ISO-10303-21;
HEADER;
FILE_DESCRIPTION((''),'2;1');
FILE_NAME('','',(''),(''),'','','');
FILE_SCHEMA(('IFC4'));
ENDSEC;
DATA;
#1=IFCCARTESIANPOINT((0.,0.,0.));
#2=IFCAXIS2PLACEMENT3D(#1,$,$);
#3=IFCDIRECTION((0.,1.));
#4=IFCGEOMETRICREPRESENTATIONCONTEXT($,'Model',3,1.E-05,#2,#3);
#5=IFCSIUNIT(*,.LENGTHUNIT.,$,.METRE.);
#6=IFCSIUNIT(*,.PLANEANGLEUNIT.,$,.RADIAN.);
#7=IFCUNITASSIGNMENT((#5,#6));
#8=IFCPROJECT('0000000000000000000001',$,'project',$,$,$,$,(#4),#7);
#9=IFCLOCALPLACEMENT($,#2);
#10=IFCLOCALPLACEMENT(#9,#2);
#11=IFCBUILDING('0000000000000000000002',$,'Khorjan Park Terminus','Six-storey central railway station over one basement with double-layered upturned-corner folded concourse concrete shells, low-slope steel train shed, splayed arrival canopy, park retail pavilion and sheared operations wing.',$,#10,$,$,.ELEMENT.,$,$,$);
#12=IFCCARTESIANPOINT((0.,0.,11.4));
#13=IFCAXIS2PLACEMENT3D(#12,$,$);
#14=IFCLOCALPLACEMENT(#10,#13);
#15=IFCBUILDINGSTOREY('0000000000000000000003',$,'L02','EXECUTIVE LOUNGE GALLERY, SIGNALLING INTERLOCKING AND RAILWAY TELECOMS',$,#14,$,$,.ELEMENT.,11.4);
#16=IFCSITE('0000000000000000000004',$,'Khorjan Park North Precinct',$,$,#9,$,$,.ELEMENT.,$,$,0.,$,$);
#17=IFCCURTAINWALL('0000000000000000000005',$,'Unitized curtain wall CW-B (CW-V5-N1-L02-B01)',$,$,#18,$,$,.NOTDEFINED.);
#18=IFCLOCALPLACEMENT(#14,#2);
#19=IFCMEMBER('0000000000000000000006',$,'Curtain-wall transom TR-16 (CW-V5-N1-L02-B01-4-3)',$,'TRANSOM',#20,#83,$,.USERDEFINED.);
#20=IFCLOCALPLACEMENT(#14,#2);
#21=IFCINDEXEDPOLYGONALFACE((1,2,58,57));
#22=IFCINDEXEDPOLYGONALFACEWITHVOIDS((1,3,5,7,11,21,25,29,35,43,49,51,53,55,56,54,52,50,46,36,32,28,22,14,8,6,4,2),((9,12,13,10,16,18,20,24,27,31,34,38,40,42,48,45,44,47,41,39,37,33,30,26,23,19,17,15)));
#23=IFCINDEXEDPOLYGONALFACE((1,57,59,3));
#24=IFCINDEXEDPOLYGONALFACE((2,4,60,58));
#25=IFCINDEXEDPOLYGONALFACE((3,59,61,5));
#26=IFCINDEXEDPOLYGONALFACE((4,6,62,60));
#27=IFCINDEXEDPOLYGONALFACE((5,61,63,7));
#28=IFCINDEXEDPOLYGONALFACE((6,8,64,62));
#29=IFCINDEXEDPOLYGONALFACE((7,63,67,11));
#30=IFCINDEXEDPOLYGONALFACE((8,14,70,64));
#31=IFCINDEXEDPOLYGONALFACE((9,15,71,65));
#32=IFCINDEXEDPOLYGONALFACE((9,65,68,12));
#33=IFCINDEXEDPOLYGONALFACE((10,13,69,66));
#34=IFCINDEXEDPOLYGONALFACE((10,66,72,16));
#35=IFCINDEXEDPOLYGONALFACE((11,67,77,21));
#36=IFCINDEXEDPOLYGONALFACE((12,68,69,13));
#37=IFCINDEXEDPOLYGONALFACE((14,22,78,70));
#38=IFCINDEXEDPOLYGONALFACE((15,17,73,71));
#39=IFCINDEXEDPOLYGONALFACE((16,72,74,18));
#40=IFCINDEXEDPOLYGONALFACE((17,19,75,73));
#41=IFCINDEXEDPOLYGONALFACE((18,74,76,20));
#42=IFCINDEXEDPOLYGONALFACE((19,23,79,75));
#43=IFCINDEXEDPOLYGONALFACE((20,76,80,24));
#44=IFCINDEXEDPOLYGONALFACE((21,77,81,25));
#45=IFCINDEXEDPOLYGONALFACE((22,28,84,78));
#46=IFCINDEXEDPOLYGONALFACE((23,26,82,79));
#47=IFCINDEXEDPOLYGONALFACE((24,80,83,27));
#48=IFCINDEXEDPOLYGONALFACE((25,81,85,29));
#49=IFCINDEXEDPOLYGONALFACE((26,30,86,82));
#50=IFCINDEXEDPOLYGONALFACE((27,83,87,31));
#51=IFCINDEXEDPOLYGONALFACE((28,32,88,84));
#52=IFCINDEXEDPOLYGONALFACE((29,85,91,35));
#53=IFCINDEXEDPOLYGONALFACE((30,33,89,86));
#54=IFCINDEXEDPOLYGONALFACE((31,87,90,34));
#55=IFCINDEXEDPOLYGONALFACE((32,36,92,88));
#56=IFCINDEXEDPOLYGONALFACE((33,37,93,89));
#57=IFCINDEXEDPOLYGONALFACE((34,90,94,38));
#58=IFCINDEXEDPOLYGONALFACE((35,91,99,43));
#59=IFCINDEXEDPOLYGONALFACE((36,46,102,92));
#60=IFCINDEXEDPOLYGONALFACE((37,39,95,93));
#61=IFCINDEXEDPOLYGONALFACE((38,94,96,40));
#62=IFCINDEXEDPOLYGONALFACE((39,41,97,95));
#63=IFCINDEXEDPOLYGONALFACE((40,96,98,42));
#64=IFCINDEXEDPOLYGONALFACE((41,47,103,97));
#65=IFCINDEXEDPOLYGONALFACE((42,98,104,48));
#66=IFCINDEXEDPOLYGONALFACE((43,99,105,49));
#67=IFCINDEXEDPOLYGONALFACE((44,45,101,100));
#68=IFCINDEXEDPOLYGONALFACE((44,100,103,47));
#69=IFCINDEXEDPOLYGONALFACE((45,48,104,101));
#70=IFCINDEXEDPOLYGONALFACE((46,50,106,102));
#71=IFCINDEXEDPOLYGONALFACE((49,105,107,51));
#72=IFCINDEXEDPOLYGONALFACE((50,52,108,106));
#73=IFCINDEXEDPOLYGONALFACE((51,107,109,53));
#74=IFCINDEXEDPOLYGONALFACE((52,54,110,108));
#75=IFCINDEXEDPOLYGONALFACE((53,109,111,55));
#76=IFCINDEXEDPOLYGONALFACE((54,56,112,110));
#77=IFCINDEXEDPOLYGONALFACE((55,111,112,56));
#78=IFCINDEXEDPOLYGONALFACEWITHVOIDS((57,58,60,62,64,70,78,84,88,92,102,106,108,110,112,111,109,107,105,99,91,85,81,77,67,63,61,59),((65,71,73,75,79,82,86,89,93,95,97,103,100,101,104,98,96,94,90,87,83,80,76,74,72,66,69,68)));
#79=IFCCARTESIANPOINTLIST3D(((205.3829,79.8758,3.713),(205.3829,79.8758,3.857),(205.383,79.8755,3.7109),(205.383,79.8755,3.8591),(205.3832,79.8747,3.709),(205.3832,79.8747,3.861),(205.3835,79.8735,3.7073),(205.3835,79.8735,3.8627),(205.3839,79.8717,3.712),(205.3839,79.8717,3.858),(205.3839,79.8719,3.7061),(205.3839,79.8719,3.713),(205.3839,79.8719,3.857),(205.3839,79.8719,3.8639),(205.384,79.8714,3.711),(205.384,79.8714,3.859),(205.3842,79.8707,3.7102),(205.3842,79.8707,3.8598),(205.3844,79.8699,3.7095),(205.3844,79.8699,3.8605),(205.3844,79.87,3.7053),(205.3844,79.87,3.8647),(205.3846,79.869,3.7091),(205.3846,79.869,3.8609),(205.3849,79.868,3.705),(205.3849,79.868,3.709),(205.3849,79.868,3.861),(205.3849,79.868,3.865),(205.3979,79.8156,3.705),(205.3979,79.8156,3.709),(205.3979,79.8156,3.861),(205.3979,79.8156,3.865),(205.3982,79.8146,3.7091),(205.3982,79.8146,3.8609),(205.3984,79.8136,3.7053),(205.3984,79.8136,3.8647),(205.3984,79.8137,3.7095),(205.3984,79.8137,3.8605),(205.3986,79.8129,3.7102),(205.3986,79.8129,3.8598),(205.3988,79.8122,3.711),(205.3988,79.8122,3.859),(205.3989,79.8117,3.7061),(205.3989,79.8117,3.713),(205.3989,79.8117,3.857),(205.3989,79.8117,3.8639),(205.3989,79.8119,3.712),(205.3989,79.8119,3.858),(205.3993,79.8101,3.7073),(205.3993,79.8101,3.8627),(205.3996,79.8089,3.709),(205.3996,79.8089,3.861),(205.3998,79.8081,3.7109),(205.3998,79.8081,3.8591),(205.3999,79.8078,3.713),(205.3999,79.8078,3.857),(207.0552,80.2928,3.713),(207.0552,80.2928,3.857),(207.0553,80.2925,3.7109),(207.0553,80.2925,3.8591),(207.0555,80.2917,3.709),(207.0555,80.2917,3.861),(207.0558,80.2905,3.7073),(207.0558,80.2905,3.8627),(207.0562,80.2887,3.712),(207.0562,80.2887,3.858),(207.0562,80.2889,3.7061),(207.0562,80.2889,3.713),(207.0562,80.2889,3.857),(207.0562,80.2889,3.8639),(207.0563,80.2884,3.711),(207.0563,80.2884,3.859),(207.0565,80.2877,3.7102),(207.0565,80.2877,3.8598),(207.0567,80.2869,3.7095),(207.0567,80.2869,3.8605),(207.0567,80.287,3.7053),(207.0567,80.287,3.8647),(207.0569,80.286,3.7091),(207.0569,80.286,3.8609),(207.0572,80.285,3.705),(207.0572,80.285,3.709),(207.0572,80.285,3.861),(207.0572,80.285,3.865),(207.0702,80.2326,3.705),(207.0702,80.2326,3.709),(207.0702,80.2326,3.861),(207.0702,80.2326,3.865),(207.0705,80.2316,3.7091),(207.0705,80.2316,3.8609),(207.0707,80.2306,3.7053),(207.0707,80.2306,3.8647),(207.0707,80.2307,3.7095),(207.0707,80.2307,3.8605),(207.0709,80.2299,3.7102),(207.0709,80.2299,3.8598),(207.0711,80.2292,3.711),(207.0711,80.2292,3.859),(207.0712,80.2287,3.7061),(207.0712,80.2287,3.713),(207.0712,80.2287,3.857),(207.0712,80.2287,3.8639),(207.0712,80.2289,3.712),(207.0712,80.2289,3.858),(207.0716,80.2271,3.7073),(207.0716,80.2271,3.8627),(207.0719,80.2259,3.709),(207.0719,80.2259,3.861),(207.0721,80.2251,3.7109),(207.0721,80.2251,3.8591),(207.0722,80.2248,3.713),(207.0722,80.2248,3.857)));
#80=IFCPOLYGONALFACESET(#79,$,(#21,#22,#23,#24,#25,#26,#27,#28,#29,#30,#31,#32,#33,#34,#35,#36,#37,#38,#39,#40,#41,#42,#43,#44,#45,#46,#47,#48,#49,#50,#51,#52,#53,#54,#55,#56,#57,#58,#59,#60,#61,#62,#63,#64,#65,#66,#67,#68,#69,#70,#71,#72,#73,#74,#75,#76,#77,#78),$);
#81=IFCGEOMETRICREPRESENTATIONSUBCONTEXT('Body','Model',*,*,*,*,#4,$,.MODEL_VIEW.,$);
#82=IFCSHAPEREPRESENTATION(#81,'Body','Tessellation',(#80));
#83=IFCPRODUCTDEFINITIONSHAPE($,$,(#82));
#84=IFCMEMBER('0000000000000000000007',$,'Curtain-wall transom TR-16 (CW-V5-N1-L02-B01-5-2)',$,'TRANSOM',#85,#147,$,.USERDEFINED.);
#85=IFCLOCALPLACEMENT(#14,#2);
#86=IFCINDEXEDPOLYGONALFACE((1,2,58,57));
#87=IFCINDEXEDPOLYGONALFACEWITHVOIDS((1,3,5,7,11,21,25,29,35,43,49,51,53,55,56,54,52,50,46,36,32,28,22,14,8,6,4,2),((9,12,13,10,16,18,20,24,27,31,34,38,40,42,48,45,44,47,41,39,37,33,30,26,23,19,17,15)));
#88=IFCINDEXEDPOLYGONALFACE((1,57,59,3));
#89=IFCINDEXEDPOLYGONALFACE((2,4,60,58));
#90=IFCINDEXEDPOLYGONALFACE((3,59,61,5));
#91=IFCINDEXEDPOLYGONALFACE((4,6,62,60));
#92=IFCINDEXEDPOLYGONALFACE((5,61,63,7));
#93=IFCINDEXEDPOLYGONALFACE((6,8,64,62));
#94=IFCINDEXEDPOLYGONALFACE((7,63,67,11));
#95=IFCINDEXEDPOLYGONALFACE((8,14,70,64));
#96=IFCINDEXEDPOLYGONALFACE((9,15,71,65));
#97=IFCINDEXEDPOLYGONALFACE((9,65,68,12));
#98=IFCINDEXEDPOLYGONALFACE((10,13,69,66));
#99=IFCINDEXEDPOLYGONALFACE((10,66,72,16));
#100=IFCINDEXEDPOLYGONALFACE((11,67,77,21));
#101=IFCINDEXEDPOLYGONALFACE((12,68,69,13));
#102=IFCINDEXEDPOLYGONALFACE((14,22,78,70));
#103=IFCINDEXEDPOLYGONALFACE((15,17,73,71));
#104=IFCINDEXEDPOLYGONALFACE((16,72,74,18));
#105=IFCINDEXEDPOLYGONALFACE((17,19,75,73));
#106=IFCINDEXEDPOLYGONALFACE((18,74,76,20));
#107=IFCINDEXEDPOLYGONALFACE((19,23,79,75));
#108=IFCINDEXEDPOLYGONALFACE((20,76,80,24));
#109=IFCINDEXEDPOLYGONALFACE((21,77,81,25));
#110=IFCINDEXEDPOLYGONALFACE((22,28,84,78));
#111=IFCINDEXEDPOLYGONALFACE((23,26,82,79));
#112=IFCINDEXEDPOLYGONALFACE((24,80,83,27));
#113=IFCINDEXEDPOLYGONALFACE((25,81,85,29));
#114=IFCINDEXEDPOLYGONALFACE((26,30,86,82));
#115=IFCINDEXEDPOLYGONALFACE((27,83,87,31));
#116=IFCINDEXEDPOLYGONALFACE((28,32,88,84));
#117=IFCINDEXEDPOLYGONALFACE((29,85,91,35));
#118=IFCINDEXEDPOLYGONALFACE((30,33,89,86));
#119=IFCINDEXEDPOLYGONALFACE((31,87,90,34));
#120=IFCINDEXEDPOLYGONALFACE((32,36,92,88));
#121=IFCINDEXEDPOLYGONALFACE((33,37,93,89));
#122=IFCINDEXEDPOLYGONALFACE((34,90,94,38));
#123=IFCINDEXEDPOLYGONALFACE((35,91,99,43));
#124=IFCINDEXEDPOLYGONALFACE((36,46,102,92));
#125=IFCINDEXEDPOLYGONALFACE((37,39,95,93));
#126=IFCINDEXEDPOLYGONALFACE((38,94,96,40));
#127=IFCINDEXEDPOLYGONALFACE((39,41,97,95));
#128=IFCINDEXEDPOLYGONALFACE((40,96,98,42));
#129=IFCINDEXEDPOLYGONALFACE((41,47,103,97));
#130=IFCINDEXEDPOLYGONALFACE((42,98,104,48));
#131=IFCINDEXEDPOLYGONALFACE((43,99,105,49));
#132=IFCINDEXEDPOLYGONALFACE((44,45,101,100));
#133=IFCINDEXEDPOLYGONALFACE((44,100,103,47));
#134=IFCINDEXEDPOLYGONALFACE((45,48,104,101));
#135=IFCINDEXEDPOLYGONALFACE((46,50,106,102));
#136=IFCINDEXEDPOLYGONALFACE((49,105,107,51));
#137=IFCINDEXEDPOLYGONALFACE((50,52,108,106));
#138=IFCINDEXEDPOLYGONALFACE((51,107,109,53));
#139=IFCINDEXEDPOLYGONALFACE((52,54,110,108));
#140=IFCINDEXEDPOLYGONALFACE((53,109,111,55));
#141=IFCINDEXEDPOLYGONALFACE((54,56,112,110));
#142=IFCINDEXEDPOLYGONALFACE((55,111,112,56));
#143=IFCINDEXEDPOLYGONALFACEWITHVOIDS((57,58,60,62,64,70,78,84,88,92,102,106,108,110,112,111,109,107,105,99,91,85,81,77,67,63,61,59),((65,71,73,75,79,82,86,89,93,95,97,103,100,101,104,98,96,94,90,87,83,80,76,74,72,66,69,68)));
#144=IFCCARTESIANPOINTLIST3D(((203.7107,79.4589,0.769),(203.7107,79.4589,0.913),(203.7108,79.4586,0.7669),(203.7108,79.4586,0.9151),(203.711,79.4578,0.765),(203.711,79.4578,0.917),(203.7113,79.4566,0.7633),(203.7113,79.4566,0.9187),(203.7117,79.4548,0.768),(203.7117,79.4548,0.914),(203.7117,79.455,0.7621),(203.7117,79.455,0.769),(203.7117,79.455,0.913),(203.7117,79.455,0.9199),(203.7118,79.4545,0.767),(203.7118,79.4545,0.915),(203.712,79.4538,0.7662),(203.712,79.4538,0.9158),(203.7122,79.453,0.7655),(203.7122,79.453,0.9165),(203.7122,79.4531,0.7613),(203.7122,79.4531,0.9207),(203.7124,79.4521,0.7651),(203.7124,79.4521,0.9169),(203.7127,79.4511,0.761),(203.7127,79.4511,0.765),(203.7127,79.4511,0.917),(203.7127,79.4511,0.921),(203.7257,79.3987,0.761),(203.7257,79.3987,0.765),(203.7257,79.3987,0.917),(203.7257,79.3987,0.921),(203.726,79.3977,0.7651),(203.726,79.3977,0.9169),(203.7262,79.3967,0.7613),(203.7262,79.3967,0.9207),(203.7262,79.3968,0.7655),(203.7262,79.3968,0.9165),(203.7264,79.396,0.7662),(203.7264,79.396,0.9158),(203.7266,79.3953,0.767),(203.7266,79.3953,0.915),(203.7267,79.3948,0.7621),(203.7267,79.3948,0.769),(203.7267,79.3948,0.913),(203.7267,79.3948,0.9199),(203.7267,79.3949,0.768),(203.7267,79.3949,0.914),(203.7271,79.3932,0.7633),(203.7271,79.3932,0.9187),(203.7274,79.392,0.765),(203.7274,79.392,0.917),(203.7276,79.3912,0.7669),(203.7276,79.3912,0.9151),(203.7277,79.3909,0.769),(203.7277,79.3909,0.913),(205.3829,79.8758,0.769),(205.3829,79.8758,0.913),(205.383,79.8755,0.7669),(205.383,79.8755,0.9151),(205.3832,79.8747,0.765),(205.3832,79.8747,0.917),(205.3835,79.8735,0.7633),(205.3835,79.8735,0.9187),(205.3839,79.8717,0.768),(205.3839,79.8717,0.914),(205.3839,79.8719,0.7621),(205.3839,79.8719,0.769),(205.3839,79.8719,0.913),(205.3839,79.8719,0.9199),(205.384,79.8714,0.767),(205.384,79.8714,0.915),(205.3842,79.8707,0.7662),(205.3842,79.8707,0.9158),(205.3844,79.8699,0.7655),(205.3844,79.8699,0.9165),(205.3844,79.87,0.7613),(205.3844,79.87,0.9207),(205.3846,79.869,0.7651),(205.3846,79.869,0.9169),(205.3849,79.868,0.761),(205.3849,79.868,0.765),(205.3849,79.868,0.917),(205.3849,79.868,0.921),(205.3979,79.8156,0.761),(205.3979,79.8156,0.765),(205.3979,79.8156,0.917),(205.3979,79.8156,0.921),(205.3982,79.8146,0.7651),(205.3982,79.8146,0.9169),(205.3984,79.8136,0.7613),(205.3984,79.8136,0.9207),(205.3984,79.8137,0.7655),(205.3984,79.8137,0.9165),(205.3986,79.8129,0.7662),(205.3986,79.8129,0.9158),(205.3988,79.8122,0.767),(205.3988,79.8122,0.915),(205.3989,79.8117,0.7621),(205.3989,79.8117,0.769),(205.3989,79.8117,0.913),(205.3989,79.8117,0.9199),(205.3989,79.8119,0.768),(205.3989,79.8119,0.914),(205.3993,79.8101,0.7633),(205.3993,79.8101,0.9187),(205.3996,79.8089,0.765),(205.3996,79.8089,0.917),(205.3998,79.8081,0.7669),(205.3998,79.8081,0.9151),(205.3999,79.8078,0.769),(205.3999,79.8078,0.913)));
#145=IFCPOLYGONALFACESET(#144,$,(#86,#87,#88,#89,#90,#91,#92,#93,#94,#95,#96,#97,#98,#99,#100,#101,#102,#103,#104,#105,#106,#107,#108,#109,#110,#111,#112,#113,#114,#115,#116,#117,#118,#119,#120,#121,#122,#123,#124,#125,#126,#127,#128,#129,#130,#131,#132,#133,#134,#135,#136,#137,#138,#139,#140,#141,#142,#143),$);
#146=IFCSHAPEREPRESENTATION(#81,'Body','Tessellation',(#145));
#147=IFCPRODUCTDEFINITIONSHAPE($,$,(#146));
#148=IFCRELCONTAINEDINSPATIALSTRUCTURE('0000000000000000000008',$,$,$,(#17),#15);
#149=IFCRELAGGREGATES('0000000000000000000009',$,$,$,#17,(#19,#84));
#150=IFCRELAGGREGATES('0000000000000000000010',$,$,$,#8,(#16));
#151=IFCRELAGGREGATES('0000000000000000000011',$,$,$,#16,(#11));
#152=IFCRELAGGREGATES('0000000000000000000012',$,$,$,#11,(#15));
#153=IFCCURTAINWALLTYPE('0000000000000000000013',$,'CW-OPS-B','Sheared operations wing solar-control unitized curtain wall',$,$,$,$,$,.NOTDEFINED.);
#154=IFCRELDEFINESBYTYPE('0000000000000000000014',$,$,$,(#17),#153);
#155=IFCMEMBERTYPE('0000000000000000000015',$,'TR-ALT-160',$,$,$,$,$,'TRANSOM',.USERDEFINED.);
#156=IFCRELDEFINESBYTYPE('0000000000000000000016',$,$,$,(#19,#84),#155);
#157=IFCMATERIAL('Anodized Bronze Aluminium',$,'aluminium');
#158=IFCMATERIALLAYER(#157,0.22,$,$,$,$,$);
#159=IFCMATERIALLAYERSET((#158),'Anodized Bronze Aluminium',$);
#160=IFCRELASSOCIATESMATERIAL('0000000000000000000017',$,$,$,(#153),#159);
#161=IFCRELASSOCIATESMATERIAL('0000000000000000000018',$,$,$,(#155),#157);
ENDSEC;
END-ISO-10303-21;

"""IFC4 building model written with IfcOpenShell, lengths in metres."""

from ifc_helpers import new_model, si_unit, direction, frame, origin, origin_2d, place, context, subcontext, project, spatial, hollow_rectangle, extrude, material, layer, layer_set, material_profile, profile_set, type_object, element, aggregate, save


model = new_model("IFC4")

# Units and contexts
model_context = context("Model", 3, precision=1e-05, world=origin(), true_north=direction((0.0, 1.0)))
body_context = subcontext(model_context, "Body", "Model", "MODEL_VIEW")
ifc_project = project(units=[si_unit("LENGTHUNIT", "METRE"), si_unit("PLANEANGLEUNIT", "RADIAN")], contexts=[model_context])

# Site, building, storey
site_placement = place(None, origin())
site = spatial("IfcSite", under=ifc_project, at=site_placement, Name="Khorjan Park North Precinct", CompositionType="ELEMENT", RefElevation=0.0)
building_placement = place(site_placement, origin())
building = spatial("IfcBuilding", under=site, at=building_placement, Name="Khorjan Park Terminus", Description="Six-storey central railway station over one basement with double-layered upturned-corner folded concourse concrete shells, low-slope steel train shed, splayed arrival canopy, park retail pavilion and sheared operations wing.", CompositionType="ELEMENT")
storey_placement = place(building_placement, frame((0.0, 0.0, 11.4)))
storey = spatial("IfcBuildingStorey", under=building, at=storey_placement, Name="L02", Description="EXECUTIVE LOUNGE GALLERY, SIGNALLING INTERLOCKING AND RAILWAY TELECOMS", CompositionType="ELEMENT", Elevation=11.4)

# Curtain wall, members
ifc_material_1 = material(Name="Anodized Bronze Aluminium", Category="aluminium")
ifc_layer_1 = layer(ifc_material_1, 0.22)
ifc_layer_set_1 = layer_set([ifc_layer_1], Name="Anodized Bronze Aluminium")
curtain_wall_type = type_object("IfcCurtainWallType", Name="CW-OPS-B", Description="Sheared operations wing solar-control unitized curtain wall", PredefinedType="NOTDEFINED", material=ifc_layer_set_1)
curtain_wall_placement = place(storey_placement, origin())
curtain_wall = element("IfcCurtainWall", 1, at=curtain_wall_placement, inside=storey, type_object=curtain_wall_type, Name="Unitized curtain wall CW-B (CW-V5-N1-L02-B01)", PredefinedType="NOTDEFINED")
ifc_material_profile_1 = material_profile(ifc_material_1, hollow_rectangle(XDim=0.07, YDim=0.16, WallThickness=0.004, InnerFilletRadius=0.004, OuterFilletRadius=0.008, at=origin_2d()), Name="ALT 70x160x4")
ifc_profile_set_1 = profile_set([ifc_material_profile_1], Name="Anodized Bronze Aluminium")
member_type_1 = type_object("IfcMemberType", Name="TR-ALT-160", ElementType="TRANSOM", PredefinedType="USERDEFINED", material=ifc_profile_set_1)
member_1_placement = place(storey_placement, frame((207.0637, 80.2588, 3.785), z_axis=(-0.970289, -0.241949, 0.0), x_axis=(0.241949, -0.970289, 0.0)))
member_1 = element("IfcMember", 2, at=member_1_placement, type_object=member_type_1, Name="Curtain-wall transom TR-16 (CW-V5-N1-L02-B01-4-3)", ObjectType="TRANSOM", PredefinedType="USERDEFINED", context=body_context, shape_type="SweptSolid", body=[
    extrude(hollow_rectangle(XDim=0.07, YDim=0.16, WallThickness=0.004, InnerFilletRadius=0.004, OuterFilletRadius=0.008, at=origin_2d()), origin(), (0.0, 0.0, 1.0), 1.7235),
])
member_2_placement = place(storey_placement, frame((205.3914, 79.8418, 0.841), z_axis=(-0.970299, -0.241908, 0.0), x_axis=(0.241908, -0.970299, 0.0)))
member_2 = element("IfcMember", 3, at=member_2_placement, type_object=member_type_1, Name="Curtain-wall transom TR-16 (CW-V5-N1-L02-B01-5-2)", ObjectType="TRANSOM", PredefinedType="USERDEFINED", context=body_context, shape_type="SweptSolid", body=[
    extrude(hollow_rectangle(XDim=0.07, YDim=0.16, WallThickness=0.004, InnerFilletRadius=0.004, OuterFilletRadius=0.008, at=origin_2d()), origin(), (0.0, 0.0, 1.0), 1.7234),
])
aggregate(curtain_wall, [member_1, member_2])

save(model, "model.ifc")
